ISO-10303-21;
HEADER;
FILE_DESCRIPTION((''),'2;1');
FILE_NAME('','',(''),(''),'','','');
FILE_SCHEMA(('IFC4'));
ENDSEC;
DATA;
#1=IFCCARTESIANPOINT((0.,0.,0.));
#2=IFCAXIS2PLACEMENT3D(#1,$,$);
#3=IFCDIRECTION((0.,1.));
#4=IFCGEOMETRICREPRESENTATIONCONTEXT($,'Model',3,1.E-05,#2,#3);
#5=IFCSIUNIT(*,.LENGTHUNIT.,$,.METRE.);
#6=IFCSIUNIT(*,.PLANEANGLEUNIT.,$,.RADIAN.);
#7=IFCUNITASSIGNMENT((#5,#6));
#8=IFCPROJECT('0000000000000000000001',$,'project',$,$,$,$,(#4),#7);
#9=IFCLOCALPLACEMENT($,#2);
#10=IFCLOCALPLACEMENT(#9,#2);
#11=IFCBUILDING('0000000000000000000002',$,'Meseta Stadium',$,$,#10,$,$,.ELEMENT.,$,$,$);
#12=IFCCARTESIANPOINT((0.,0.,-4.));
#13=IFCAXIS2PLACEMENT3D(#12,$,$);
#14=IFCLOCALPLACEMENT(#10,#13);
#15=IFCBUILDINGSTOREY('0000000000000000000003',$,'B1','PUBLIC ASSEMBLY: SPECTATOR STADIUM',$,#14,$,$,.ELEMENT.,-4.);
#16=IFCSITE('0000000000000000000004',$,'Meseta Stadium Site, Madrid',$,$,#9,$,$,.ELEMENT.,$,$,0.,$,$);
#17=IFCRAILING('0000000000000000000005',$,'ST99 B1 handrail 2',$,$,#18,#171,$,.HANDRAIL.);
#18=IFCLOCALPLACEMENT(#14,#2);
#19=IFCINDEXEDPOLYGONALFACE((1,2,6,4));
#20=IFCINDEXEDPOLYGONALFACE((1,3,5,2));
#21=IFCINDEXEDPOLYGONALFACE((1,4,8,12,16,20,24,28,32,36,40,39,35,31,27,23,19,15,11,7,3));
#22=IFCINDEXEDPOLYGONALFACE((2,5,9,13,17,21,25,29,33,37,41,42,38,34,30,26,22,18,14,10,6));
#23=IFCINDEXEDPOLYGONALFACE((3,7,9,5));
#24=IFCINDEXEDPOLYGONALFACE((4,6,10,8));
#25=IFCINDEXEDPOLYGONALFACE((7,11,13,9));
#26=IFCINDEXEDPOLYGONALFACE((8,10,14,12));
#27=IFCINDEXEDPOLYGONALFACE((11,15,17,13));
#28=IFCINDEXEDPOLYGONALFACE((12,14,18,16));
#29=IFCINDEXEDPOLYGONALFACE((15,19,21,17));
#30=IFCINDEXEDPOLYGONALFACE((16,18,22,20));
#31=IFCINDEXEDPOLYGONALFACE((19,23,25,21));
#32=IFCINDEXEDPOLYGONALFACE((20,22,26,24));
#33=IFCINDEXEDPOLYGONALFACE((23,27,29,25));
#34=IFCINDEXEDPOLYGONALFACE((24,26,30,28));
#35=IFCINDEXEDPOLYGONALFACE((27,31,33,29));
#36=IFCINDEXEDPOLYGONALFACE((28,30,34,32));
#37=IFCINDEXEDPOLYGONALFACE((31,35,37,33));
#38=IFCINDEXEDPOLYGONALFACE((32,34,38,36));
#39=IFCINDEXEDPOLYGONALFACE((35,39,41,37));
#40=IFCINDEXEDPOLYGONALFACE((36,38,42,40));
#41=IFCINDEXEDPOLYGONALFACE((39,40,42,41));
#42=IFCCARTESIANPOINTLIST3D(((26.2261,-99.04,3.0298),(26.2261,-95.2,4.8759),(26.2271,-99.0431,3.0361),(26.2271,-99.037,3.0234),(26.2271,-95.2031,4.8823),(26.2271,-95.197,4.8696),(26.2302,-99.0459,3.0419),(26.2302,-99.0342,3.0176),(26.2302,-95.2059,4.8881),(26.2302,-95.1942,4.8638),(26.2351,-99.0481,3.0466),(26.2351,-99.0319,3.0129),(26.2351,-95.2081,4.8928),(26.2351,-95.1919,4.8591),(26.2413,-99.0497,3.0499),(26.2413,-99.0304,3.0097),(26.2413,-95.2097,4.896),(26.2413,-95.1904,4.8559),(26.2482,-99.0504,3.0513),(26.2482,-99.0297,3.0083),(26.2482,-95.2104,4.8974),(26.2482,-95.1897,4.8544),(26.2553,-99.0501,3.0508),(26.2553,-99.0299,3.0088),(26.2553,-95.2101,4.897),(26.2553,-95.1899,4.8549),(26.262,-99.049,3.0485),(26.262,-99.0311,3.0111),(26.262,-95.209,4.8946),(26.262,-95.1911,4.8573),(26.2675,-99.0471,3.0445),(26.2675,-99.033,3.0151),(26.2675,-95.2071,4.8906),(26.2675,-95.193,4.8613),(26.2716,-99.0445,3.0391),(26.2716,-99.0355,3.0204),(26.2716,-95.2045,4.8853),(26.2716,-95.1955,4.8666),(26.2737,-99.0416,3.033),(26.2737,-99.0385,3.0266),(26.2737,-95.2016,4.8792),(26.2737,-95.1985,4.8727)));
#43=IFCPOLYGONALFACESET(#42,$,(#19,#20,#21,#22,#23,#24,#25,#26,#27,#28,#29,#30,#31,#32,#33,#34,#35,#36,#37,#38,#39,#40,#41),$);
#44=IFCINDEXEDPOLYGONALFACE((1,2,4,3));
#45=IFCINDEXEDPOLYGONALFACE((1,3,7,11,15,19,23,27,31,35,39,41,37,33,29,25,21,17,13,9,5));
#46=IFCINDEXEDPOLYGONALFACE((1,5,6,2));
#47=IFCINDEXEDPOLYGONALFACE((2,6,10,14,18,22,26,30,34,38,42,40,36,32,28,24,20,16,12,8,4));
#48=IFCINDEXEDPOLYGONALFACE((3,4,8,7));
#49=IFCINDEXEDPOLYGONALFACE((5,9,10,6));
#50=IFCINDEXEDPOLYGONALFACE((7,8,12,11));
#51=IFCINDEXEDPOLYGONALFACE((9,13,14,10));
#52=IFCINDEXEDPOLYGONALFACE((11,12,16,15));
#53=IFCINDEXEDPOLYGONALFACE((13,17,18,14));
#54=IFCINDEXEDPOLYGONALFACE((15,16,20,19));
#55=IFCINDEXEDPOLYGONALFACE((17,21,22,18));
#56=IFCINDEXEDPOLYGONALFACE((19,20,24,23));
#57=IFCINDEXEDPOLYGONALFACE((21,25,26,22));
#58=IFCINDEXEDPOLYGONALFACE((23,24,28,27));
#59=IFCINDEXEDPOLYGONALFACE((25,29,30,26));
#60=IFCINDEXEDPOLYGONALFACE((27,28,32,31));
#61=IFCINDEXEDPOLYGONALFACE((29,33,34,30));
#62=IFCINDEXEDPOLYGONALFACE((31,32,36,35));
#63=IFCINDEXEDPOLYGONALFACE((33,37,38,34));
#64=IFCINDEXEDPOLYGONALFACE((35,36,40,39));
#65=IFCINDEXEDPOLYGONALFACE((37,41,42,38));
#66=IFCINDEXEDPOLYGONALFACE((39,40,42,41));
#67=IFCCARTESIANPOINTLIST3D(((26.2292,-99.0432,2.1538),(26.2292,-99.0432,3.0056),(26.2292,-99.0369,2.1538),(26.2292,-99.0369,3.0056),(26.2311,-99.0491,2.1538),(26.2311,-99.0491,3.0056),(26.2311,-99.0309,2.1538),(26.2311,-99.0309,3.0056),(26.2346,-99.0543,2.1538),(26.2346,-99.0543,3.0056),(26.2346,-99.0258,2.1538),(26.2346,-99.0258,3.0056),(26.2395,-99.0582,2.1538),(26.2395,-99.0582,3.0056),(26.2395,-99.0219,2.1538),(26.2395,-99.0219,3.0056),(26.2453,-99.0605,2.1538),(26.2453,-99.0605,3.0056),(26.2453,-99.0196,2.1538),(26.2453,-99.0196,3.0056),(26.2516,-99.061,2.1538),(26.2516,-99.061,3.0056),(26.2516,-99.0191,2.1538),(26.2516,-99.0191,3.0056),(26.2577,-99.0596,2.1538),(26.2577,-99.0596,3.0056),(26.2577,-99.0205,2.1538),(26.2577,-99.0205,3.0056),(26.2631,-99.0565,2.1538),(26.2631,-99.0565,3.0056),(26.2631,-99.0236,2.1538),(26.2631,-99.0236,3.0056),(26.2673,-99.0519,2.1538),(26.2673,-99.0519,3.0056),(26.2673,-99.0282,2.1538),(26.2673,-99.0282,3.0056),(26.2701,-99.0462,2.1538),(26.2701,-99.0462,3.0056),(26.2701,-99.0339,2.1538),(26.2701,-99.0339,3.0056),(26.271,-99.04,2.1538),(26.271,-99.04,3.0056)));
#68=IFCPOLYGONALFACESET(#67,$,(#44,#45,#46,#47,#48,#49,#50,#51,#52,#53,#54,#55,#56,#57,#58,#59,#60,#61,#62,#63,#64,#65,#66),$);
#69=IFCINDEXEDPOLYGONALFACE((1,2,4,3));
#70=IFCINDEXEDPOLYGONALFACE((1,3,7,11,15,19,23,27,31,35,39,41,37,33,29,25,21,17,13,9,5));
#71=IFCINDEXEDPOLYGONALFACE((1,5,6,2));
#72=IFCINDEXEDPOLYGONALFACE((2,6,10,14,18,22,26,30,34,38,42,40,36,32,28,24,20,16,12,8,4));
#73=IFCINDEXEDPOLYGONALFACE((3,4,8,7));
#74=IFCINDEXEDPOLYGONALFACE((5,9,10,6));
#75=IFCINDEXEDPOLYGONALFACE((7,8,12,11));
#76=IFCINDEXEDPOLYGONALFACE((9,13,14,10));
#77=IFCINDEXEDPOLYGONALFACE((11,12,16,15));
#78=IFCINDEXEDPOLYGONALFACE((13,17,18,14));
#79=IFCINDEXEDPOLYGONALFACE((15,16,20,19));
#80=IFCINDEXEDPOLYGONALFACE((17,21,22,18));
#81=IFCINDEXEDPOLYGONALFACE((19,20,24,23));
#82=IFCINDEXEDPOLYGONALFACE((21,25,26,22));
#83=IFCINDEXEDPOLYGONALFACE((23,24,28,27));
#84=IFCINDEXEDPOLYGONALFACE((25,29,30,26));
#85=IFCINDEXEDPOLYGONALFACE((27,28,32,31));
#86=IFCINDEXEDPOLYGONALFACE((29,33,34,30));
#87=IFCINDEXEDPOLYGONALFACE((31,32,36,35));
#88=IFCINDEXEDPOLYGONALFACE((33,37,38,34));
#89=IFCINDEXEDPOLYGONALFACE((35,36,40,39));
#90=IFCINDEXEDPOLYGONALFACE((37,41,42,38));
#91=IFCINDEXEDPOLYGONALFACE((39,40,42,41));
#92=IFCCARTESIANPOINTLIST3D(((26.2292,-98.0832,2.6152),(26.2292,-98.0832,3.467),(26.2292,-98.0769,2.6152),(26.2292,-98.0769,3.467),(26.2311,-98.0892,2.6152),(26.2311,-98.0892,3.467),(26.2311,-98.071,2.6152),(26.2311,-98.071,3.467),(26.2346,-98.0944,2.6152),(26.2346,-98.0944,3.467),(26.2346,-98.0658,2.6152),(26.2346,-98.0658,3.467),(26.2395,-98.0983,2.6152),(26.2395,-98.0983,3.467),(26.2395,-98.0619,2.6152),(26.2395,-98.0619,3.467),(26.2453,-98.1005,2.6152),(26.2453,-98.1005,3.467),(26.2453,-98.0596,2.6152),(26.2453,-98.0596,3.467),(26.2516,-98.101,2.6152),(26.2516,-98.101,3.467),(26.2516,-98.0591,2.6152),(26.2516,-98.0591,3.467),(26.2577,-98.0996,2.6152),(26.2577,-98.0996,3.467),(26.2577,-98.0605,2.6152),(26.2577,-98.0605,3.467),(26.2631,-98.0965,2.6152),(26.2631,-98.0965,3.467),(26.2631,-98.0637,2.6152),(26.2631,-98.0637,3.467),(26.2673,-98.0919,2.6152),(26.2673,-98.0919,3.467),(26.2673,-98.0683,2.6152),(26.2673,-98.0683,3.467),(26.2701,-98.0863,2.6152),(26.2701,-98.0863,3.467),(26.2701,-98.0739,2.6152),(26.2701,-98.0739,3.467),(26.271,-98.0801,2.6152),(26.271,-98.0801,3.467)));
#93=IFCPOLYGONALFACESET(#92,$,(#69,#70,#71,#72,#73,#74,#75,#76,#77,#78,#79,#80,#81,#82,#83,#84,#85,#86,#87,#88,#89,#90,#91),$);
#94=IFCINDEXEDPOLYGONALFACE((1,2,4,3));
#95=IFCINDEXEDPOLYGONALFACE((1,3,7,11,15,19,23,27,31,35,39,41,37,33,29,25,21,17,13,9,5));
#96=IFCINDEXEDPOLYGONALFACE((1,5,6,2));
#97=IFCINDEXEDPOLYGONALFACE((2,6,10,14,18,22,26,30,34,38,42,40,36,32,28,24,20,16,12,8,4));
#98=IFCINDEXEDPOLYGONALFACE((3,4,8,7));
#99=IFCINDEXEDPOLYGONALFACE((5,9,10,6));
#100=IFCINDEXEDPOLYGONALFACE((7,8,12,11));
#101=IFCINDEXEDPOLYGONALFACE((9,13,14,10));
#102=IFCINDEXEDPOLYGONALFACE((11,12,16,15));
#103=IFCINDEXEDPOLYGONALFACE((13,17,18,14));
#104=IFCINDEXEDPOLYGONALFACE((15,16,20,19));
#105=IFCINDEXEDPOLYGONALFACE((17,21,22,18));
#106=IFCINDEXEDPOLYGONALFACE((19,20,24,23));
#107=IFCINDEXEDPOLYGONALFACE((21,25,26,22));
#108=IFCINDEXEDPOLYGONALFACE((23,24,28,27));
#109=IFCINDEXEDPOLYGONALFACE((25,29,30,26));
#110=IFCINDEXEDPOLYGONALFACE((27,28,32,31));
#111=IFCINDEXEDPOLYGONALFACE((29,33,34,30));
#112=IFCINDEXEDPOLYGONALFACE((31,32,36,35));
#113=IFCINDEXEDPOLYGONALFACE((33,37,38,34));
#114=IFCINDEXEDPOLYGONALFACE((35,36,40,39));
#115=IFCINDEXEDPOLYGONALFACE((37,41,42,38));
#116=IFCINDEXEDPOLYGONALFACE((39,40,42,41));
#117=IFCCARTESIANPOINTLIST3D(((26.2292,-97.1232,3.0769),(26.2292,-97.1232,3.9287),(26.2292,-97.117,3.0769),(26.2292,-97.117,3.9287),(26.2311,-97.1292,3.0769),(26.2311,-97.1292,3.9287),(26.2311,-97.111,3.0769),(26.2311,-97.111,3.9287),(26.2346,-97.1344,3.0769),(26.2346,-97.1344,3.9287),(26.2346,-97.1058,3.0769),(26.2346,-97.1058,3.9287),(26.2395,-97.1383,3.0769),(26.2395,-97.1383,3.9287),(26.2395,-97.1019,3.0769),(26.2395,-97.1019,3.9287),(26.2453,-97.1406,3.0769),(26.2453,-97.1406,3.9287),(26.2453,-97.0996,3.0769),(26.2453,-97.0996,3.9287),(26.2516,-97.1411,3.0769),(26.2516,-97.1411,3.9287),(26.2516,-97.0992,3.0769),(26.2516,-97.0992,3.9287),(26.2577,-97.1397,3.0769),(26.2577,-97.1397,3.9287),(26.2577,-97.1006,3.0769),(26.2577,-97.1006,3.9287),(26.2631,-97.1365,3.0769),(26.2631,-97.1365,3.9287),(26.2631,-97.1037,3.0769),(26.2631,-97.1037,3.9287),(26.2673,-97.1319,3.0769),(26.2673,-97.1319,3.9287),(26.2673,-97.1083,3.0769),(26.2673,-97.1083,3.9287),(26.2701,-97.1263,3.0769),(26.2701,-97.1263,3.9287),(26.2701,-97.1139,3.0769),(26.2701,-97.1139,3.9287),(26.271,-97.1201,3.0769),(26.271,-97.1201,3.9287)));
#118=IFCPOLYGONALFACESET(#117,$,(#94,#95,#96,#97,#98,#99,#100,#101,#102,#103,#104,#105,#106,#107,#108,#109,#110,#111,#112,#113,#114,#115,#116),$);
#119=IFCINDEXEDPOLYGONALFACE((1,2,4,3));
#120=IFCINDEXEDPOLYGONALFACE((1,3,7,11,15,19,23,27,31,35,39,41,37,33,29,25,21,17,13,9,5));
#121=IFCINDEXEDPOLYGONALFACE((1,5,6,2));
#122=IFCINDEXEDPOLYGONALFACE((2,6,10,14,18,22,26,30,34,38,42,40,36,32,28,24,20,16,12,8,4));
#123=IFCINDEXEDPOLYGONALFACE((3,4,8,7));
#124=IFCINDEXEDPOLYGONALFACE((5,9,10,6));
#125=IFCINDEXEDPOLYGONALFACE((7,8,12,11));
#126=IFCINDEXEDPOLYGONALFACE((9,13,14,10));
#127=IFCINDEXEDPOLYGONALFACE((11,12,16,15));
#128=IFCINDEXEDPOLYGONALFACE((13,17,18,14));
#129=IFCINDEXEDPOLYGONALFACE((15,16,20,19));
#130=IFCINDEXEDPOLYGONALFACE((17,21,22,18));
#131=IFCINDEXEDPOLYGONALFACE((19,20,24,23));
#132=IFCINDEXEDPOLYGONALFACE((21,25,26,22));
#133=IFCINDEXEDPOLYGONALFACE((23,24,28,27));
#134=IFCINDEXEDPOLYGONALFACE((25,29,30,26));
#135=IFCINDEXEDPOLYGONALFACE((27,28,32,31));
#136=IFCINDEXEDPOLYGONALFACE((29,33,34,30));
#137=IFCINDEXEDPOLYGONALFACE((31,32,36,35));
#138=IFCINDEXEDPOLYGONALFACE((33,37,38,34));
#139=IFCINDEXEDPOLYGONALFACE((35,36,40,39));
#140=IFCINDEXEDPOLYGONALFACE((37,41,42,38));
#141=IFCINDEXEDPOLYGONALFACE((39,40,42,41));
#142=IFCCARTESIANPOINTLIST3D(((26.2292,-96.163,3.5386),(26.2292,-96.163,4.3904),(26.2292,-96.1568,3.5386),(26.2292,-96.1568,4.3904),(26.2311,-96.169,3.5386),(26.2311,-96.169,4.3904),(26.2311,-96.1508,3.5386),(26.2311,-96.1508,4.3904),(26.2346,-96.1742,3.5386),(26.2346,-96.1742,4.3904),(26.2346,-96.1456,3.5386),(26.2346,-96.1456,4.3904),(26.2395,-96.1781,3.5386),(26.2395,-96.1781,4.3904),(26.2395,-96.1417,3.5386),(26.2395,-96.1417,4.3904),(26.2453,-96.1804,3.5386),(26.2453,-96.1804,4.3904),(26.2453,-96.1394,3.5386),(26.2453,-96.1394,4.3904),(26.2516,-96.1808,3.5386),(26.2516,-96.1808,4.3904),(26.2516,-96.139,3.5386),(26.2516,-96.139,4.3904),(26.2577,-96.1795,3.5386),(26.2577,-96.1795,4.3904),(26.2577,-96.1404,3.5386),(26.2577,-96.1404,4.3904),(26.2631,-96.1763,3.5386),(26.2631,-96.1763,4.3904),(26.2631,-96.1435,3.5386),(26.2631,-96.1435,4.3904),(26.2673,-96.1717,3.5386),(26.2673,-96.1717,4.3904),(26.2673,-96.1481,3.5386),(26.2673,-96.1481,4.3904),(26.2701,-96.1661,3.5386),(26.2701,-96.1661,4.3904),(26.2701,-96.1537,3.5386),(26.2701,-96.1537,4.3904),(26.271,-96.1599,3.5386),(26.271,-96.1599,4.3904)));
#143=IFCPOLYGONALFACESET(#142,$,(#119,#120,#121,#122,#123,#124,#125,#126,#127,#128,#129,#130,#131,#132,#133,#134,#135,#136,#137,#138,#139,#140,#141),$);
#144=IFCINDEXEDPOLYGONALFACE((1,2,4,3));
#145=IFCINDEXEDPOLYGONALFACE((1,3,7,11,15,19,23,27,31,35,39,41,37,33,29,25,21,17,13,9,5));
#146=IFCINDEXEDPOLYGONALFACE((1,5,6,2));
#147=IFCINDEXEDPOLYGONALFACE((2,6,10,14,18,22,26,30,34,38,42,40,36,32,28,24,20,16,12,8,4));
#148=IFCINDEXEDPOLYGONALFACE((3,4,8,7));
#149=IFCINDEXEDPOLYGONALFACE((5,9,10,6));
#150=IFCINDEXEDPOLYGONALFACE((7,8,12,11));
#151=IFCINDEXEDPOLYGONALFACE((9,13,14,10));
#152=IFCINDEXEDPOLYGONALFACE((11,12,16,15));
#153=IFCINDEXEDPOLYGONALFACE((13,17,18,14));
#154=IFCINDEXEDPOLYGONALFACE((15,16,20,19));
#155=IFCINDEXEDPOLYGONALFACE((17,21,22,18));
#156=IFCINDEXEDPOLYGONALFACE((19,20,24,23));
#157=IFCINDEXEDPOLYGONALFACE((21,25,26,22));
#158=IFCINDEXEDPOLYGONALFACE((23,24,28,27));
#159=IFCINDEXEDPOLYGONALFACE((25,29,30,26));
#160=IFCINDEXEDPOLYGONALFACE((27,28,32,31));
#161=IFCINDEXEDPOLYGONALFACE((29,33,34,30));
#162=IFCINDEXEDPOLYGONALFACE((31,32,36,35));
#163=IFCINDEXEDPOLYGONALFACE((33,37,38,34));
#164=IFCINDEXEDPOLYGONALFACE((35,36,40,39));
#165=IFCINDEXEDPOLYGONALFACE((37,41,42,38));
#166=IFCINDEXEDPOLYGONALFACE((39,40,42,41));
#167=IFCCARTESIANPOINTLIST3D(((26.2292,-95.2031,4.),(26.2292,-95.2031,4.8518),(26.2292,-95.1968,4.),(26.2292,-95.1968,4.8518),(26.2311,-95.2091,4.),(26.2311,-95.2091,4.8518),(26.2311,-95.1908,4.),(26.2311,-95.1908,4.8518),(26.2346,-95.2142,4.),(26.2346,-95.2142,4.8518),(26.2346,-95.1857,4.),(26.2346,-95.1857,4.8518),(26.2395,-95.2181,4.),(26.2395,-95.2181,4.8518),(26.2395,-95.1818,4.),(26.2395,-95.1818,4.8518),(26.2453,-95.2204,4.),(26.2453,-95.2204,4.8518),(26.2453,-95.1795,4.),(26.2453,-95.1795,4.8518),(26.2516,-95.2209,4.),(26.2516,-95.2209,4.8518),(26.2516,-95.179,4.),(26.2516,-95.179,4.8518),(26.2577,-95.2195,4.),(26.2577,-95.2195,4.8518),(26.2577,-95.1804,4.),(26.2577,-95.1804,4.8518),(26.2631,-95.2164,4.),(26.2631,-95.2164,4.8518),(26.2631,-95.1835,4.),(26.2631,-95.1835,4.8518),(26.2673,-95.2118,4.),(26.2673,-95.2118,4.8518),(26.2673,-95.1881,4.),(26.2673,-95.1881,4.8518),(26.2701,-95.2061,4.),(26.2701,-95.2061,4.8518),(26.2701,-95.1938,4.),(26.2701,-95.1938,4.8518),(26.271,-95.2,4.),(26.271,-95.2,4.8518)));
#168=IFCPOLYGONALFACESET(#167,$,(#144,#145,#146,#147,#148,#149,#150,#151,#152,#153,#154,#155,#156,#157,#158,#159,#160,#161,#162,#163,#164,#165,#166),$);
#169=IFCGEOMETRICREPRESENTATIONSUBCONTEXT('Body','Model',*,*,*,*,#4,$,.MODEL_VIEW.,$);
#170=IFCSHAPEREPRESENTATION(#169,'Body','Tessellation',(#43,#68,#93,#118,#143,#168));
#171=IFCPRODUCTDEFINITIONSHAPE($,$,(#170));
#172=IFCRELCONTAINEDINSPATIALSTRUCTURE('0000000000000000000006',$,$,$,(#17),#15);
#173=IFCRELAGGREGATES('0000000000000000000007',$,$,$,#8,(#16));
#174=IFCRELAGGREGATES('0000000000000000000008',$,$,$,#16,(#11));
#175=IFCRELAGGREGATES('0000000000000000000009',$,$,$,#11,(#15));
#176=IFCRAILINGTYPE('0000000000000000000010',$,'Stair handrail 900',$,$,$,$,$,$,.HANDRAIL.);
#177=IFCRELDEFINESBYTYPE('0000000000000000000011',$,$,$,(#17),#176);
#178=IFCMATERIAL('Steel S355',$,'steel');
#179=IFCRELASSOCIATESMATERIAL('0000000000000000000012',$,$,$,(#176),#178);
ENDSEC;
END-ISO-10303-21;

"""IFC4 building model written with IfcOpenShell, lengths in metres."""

from ifc_helpers import new_model, si_unit, direction, frame, origin, origin_2d, place, context, subcontext, project, spatial, circle, extrude, material, type_object, element, save


model = new_model("IFC4")

# Units and contexts
model_context = context("Model", 3, precision=1e-05, world=origin(), true_north=direction((0.0, 1.0)))
body_context = subcontext(model_context, "Body", "Model", "MODEL_VIEW")
ifc_project = project(units=[si_unit("LENGTHUNIT", "METRE"), si_unit("PLANEANGLEUNIT", "RADIAN")], contexts=[model_context])

# Site, building, storey
site_placement = place(None, origin())
site = spatial("IfcSite", under=ifc_project, at=site_placement, Name="Meseta Stadium Site, Madrid", CompositionType="ELEMENT", RefElevation=0.0)
building_placement = place(site_placement, origin())
building = spatial("IfcBuilding", under=site, at=building_placement, Name="Meseta Stadium", CompositionType="ELEMENT")
storey_placement = place(building_placement, frame((0.0, 0.0, -4.0)))
storey = spatial("IfcBuildingStorey", under=building, at=storey_placement, Name="B1", Description="PUBLIC ASSEMBLY: SPECTATOR STADIUM", CompositionType="ELEMENT", Elevation=-4.0)

# Railing
ifc_material_1 = material(Name="Steel S355", Category="steel")
railing_type_1 = type_object("IfcRailingType", Name="Stair handrail 900", PredefinedType="HANDRAIL", material=ifc_material_1)
for number, where, name in (
    (1, (26.25, -99.04, 2.1538), "ST99 B1 handrail 2"),
):
    element("IfcRailing", number, at=place(storey_placement, frame(where)), inside=storey, type_object=railing_type_1, Name=name, PredefinedType="HANDRAIL", context=body_context, shape_type="SweptSolid", body=[
        extrude(circle(Radius=0.0239, at=origin_2d()), frame((0.0, 0.0, 0.876), z_axis=(0.0, 0.901253, 0.433294), x_axis=(-1.0, 0.0, 0.0)), (0.0, 0.0, 1.0), 4.2607),
        extrude(circle(Radius=0.021, at=origin_2d()), origin(), (0.0, 0.0, 1.0), 0.8518),
        extrude(circle(Radius=0.021, at=origin_2d()), frame((0.0, 0.96, 0.4614)), (0.0, 0.0, 1.0), 0.8518),
        extrude(circle(Radius=0.021, at=origin_2d()), frame((0.0, 1.9199, 0.9231)), (0.0, 0.0, 1.0), 0.8518),
        extrude(circle(Radius=0.021, at=origin_2d()), frame((0.0, 2.8801, 1.3848)), (0.0, 0.0, 1.0), 0.8518),
        extrude(circle(Radius=0.021, at=origin_2d()), frame((0.0, 3.8401, 1.8462)), (0.0, 0.0, 1.0), 0.8518),
    ])

save(model, "model.ifc")
